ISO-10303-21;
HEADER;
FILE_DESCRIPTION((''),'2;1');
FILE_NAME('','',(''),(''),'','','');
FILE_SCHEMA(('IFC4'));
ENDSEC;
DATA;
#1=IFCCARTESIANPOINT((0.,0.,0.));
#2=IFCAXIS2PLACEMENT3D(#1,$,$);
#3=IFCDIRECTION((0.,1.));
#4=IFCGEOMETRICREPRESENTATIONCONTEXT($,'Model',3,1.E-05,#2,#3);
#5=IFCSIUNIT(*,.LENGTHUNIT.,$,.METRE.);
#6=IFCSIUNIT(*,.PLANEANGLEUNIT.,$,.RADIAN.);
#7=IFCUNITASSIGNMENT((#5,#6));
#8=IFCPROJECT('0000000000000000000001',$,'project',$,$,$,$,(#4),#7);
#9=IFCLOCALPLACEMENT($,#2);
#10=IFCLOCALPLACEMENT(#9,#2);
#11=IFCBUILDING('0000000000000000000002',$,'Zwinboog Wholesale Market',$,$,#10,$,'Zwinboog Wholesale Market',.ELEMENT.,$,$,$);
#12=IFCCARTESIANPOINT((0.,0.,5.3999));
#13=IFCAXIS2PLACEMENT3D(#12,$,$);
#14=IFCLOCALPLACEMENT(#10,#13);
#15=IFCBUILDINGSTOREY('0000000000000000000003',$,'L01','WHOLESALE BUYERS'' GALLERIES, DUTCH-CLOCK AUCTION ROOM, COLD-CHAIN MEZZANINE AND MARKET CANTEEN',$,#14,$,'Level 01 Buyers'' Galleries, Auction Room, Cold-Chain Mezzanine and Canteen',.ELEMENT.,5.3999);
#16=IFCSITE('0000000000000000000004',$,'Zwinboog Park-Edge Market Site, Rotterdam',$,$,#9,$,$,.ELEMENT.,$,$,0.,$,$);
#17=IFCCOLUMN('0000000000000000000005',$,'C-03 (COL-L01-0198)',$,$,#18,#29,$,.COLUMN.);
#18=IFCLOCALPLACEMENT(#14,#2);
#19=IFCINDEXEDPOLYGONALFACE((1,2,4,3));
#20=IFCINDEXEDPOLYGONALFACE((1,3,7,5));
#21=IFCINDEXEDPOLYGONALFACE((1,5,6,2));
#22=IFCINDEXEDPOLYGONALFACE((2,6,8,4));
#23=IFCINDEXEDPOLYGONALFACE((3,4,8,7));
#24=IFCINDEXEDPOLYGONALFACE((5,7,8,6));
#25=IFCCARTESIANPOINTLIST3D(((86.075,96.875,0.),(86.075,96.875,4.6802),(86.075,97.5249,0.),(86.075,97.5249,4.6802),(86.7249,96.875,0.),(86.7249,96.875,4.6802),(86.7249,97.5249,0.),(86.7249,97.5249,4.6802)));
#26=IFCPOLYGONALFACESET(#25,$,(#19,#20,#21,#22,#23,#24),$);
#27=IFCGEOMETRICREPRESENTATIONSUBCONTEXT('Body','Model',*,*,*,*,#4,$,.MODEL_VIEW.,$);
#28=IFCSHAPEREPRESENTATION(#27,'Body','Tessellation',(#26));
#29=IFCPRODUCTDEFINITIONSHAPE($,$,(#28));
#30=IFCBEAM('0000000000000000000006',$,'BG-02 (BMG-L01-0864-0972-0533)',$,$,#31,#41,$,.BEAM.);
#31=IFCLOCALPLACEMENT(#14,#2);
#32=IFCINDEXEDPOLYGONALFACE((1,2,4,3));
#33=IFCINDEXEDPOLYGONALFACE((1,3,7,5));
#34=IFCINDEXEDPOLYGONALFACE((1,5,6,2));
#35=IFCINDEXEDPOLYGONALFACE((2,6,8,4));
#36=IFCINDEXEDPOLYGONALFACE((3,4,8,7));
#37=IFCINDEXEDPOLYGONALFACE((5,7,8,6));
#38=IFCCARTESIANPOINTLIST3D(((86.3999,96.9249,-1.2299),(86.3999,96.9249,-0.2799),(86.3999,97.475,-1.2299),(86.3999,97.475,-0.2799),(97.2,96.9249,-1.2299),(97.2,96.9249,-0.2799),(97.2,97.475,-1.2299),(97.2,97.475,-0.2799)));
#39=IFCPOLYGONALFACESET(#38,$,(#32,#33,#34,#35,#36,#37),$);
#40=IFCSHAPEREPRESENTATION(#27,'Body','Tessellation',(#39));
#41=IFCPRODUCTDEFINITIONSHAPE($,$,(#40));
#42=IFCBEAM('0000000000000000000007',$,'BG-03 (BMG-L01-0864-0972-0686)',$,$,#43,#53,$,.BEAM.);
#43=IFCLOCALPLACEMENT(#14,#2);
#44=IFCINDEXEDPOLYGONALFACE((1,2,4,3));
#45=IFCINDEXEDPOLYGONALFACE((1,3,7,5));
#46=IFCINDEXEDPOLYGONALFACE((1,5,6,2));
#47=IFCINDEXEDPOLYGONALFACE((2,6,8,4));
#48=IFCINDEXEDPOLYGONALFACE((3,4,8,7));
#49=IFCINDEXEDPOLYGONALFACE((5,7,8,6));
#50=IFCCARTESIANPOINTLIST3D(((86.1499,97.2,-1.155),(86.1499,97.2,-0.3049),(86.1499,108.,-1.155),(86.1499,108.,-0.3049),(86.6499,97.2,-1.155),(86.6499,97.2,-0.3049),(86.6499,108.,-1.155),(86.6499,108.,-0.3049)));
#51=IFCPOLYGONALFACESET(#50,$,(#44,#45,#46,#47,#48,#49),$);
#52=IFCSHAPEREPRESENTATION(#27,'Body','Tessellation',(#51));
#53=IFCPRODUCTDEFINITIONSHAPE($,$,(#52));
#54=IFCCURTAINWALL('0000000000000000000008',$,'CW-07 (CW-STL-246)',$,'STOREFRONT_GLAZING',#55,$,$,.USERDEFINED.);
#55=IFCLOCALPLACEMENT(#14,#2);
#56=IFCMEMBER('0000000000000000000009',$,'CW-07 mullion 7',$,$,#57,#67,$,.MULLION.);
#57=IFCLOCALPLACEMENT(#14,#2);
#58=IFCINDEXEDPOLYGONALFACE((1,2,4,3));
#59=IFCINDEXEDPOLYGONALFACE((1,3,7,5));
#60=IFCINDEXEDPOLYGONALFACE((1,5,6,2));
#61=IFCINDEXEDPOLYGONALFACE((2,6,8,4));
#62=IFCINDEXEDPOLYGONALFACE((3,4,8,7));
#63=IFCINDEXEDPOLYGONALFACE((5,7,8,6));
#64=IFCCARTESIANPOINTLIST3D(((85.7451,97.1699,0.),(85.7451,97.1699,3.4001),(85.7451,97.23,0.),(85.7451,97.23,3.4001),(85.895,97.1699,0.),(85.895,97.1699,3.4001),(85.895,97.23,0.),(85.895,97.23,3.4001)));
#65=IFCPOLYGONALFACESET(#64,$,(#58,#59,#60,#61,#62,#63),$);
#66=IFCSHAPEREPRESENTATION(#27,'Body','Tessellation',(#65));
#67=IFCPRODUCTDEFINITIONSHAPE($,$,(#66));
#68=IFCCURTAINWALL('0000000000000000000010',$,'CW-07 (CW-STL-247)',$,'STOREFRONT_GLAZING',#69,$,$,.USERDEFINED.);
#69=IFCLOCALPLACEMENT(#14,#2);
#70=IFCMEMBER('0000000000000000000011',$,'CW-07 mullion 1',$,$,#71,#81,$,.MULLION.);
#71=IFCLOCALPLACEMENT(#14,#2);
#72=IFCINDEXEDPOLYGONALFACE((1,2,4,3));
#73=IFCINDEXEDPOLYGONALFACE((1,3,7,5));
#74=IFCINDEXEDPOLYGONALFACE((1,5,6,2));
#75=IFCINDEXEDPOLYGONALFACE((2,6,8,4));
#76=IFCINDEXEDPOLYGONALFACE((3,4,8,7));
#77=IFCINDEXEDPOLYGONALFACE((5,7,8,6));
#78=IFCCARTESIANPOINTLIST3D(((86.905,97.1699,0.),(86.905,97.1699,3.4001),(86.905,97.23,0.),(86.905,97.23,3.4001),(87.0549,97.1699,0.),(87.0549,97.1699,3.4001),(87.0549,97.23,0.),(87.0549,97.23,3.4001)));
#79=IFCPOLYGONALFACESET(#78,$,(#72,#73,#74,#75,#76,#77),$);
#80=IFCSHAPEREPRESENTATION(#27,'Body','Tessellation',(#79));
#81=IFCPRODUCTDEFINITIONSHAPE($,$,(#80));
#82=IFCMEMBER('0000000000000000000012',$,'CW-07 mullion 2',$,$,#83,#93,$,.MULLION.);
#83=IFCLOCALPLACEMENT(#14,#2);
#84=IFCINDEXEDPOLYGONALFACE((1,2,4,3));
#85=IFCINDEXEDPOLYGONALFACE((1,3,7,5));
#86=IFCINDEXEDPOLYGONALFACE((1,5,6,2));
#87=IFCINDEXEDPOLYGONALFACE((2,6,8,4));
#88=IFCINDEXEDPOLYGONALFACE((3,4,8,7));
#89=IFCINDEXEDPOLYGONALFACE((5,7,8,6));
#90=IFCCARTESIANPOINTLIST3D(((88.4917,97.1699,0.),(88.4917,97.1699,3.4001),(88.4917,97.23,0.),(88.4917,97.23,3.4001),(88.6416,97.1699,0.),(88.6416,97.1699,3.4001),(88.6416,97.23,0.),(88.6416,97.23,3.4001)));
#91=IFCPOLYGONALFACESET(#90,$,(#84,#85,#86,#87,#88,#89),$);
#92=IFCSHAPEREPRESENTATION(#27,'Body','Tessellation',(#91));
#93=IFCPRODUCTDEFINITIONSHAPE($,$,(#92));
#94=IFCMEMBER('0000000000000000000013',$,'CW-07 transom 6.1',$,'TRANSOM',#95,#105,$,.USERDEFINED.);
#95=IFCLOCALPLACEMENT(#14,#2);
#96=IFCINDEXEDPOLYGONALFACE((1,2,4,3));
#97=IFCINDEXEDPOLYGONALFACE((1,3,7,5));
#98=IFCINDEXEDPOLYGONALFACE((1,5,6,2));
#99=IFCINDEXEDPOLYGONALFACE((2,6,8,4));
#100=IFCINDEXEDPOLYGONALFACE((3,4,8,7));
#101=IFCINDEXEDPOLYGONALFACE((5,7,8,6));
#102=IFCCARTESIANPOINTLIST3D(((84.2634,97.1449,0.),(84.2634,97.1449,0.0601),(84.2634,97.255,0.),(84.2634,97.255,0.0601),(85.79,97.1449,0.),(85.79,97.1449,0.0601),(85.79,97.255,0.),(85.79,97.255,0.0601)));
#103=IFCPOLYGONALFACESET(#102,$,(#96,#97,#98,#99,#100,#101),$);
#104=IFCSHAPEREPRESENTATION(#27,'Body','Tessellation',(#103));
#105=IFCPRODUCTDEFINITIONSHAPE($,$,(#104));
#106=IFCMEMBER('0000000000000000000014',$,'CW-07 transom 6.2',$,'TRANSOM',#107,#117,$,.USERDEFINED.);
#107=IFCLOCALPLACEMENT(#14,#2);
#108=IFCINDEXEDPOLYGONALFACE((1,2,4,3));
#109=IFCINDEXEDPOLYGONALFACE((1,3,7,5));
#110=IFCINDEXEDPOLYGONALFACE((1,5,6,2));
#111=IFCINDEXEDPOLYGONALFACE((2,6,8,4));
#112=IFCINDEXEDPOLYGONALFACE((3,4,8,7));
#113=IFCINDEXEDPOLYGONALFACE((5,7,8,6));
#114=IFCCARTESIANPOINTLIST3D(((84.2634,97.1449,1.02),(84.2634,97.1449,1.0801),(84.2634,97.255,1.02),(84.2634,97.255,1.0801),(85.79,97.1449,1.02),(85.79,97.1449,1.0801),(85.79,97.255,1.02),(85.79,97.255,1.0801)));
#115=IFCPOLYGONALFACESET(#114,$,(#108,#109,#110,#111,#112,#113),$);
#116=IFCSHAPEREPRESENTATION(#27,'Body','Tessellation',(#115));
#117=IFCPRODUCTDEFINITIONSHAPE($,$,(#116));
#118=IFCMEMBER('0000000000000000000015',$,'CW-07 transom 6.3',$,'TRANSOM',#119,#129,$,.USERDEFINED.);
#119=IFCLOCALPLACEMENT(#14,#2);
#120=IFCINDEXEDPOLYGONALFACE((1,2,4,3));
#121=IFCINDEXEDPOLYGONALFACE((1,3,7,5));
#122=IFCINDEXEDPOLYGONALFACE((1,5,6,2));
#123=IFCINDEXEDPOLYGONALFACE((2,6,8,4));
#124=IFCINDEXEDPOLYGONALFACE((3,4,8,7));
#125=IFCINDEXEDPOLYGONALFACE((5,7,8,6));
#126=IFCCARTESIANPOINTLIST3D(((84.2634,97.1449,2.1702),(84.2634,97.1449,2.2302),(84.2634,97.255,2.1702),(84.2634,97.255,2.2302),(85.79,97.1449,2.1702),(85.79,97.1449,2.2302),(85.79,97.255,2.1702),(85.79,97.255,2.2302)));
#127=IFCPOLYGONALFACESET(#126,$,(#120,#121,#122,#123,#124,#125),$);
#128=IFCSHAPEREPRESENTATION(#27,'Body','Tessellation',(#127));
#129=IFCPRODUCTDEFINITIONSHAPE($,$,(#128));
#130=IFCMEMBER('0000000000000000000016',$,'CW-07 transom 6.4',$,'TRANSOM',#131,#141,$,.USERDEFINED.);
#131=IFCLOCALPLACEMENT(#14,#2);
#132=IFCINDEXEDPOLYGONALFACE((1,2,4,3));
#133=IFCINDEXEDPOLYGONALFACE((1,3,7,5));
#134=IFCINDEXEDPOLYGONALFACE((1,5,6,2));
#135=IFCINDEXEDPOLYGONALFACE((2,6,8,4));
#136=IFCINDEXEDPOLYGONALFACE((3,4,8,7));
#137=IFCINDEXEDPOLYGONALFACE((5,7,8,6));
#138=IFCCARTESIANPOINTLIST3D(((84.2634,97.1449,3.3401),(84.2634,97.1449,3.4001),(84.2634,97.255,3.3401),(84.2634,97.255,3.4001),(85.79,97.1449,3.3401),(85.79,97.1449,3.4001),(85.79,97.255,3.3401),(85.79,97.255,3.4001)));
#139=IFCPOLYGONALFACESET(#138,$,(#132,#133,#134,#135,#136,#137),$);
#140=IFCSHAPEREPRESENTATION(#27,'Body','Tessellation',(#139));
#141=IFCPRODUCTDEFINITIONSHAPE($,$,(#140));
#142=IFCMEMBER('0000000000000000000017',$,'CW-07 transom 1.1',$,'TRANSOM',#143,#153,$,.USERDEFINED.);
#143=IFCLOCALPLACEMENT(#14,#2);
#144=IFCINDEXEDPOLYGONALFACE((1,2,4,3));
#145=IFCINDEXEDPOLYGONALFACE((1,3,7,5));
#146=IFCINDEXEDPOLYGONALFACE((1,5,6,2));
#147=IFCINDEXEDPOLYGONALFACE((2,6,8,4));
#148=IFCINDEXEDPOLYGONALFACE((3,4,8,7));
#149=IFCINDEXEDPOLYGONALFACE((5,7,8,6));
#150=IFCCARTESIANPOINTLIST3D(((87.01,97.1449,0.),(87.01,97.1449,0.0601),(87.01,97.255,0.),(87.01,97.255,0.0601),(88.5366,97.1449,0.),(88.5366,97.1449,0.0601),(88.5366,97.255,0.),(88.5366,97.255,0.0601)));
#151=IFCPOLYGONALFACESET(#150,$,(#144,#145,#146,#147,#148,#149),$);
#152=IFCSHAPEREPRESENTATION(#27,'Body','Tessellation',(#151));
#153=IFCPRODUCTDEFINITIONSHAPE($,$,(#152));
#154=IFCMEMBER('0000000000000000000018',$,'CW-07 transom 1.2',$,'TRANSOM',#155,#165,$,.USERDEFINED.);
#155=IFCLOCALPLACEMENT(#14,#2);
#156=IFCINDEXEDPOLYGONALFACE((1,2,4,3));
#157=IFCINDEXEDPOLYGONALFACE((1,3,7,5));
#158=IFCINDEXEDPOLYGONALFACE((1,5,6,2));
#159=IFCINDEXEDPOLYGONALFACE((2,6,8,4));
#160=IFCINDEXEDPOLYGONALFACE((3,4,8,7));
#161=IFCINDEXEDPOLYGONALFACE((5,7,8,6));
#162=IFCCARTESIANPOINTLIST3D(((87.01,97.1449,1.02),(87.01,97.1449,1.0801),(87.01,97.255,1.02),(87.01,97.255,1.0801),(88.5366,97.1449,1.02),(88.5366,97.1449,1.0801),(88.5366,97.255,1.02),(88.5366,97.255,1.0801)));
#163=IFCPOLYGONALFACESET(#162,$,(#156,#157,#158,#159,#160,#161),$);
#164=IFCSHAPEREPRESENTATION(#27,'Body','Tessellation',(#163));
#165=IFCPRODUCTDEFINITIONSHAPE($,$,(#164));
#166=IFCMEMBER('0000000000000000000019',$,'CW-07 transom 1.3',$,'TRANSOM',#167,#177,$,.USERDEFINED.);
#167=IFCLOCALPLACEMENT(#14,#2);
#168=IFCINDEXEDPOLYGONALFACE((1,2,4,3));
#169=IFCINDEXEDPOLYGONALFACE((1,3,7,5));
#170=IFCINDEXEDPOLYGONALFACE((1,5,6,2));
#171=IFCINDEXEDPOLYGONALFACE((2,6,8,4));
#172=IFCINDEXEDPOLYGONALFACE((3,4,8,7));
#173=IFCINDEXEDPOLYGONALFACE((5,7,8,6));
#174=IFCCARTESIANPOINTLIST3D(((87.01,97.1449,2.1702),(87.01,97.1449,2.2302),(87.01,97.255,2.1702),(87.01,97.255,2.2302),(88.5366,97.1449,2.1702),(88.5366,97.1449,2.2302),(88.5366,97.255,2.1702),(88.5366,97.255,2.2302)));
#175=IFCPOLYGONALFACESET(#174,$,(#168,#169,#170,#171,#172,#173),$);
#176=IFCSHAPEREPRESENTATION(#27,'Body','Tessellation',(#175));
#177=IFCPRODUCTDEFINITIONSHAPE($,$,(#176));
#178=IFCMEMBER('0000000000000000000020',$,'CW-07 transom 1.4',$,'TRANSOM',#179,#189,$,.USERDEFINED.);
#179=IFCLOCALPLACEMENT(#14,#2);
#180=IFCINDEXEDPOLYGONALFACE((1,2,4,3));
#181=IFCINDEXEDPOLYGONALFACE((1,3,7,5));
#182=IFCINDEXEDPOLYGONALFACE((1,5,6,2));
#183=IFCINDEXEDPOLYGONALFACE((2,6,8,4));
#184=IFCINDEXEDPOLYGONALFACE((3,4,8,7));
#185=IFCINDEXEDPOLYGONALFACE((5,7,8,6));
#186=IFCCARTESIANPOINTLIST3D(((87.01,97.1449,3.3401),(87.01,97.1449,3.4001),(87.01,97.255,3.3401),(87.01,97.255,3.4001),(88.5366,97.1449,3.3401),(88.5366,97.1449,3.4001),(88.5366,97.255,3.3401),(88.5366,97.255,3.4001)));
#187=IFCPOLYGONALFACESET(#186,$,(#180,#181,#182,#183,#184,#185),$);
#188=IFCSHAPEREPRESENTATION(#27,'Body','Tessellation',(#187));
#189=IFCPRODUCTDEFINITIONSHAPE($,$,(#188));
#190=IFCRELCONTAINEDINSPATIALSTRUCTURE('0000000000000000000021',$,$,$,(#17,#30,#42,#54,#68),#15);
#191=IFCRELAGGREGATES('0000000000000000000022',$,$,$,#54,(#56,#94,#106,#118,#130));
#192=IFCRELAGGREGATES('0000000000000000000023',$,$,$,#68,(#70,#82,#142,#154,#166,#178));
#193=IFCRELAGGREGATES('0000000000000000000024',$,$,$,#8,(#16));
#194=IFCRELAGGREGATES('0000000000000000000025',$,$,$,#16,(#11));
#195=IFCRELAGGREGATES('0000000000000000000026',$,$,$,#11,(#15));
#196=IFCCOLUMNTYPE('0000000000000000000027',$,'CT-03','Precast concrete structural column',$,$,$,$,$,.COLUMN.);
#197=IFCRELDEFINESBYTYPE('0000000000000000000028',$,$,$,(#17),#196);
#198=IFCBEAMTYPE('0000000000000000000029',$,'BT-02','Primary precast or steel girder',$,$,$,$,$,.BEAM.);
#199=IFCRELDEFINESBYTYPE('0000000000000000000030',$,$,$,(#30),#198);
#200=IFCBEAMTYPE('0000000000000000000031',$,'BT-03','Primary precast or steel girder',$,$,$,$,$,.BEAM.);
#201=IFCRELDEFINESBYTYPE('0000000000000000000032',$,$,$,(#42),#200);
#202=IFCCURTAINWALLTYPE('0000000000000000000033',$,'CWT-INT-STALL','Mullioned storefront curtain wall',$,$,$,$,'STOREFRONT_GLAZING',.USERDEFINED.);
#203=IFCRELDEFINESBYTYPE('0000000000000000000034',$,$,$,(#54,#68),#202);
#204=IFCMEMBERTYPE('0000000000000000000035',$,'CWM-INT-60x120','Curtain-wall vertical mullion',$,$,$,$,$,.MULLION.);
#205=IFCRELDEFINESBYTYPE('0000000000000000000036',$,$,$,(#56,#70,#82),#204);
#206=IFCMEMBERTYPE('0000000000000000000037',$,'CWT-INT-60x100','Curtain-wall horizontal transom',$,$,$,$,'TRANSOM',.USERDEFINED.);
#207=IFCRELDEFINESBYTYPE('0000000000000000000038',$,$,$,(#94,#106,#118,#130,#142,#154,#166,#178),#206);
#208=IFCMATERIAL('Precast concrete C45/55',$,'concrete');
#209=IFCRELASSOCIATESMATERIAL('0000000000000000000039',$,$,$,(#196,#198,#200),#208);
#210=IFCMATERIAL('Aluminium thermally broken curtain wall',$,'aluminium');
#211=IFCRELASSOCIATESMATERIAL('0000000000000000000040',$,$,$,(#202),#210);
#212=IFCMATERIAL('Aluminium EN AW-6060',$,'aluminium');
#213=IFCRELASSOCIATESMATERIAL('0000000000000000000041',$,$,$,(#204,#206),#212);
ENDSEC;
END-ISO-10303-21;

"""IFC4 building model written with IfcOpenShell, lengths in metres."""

from ifc_helpers import new_model, si_unit, direction, frame, origin, origin_2d, place, context, subcontext, project, spatial, rectangle, extrude, material, material_profile, profile_set, type_object, element, aggregate, save


model = new_model("IFC4")

# Units and contexts
model_context = context("Model", 3, precision=1e-05, world=origin(), true_north=direction((0.0, 1.0)))
body_context = subcontext(model_context, "Body", "Model", "MODEL_VIEW")
ifc_project = project(units=[si_unit("LENGTHUNIT", "METRE"), si_unit("PLANEANGLEUNIT", "RADIAN")], contexts=[model_context])

# Site, building, storey
site_placement = place(None, origin())
site = spatial("IfcSite", under=ifc_project, at=site_placement, Name="Zwinboog Park-Edge Market Site, Rotterdam", CompositionType="ELEMENT", RefElevation=0.0)
building_placement = place(site_placement, origin())
building = spatial("IfcBuilding", under=site, at=building_placement, Name="Zwinboog Wholesale Market", LongName="Zwinboog Wholesale Market", CompositionType="ELEMENT")
storey_placement = place(building_placement, frame((0.0, 0.0, 5.3999)))
storey = spatial("IfcBuildingStorey", under=building, at=storey_placement, Name="L01", Description="WHOLESALE BUYERS' GALLERIES, DUTCH-CLOCK AUCTION ROOM, COLD-CHAIN MEZZANINE AND MARKET CANTEEN", LongName="Level 01 Buyers' Galleries, Auction Room, Cold-Chain Mezzanine and Canteen", CompositionType="ELEMENT", Elevation=5.3999)

# Column
ifc_material_1 = material(Name="Precast concrete C45/55", Category="concrete")
ifc_material_profile_1 = material_profile(ifc_material_1, rectangle(XDim=0.6499, YDim=0.6499, at=origin_2d()), Name="PC 650x650")
ifc_profile_set_1 = profile_set([ifc_material_profile_1], Name="Precast concrete C45/55")
column_type = type_object("IfcColumnType", Name="CT-03", Description="Precast concrete structural column", PredefinedType="COLUMN", material=ifc_profile_set_1)
column_placement = place(storey_placement, frame((86.3999, 97.2, 0.0), z_axis=(0.0, 0.0, 1.0), x_axis=(1.0, 0.0, 0.0)))
element("IfcColumn", 1, at=column_placement, inside=storey, type_object=column_type, Name="C-03 (COL-L01-0198)", PredefinedType="COLUMN", context=body_context, shape_type="SweptSolid", body=[
    extrude(rectangle(XDim=0.6499, YDim=0.6499, at=origin_2d()), origin(), (0.0, 0.0, 1.0), 4.6802),
])

# Beams
ifc_material_profile_2 = material_profile(ifc_material_1, rectangle(XDim=0.55, YDim=0.95, at=origin_2d()), Name="PC 550x950")
ifc_profile_set_2 = profile_set([ifc_material_profile_2], Name="Precast concrete C45/55")
beam_type_1 = type_object("IfcBeamType", Name="BT-02", Description="Primary precast or steel girder", PredefinedType="BEAM", material=ifc_profile_set_2)
beam_1_placement = place(storey_placement, frame((86.3999, 97.2, -0.7549), z_axis=(1.0, 0.0, 0.0), x_axis=(0.0, 1.0, 0.0)))
element("IfcBeam", 2, at=beam_1_placement, inside=storey, type_object=beam_type_1, Name="BG-02 (BMG-L01-0864-0972-0533)", PredefinedType="BEAM", context=body_context, shape_type="SweptSolid", body=[
    extrude(rectangle(XDim=0.55, YDim=0.95, at=origin_2d()), origin(), (0.0, 0.0, 1.0), 10.8),
])
ifc_material_profile_3 = material_profile(ifc_material_1, rectangle(XDim=0.5, YDim=0.8501, at=origin_2d()), Name="PC 500x850")
ifc_profile_set_3 = profile_set([ifc_material_profile_3], Name="Precast concrete C45/55")
beam_type_2 = type_object("IfcBeamType", Name="BT-03", Description="Primary precast or steel girder", PredefinedType="BEAM", material=ifc_profile_set_3)
beam_2_placement = place(storey_placement, frame((86.3999, 97.2, -0.73), z_axis=(0.0, 1.0, 0.0), x_axis=(-1.0, 0.0, 0.0)))
element("IfcBeam", 3, at=beam_2_placement, inside=storey, type_object=beam_type_2, Name="BG-03 (BMG-L01-0864-0972-0686)", PredefinedType="BEAM", context=body_context, shape_type="SweptSolid", body=[
    extrude(rectangle(XDim=0.5, YDim=0.8501, at=origin_2d()), origin(), (0.0, 0.0, 1.0), 10.8),
])

# Curtain wall, member
ifc_material_2 = material(Name="Aluminium thermally broken curtain wall", Category="aluminium")
curtain_wall_type = type_object("IfcCurtainWallType", Name="CWT-INT-STALL", Description="Mullioned storefront curtain wall", ElementType="STOREFRONT_GLAZING", PredefinedType="USERDEFINED", material=ifc_material_2)
curtain_wall_1_placement = place(storey_placement, origin())
curtain_wall_1 = element("IfcCurtainWall", 4, at=curtain_wall_1_placement, inside=storey, type_object=curtain_wall_type, Name="CW-07 (CW-STL-246)", ObjectType="STOREFRONT_GLAZING", PredefinedType="USERDEFINED")
ifc_material_3 = material(Name="Aluminium EN AW-6060", Category="aluminium")
ifc_material_profile_4 = material_profile(ifc_material_3, rectangle(XDim=0.0601, YDim=0.1499, at=origin_2d()), Name="AL 60x150")
ifc_profile_set_4 = profile_set([ifc_material_profile_4], Name="Aluminium EN AW-6060")
member_type_1 = type_object("IfcMemberType", Name="CWM-INT-60x120", Description="Curtain-wall vertical mullion", PredefinedType="MULLION", material=ifc_profile_set_4)
member_1_placement = place(storey_placement, frame((85.8201, 97.2, 0.0), z_axis=(0.0, 0.0, 1.0), x_axis=(0.0, 1.0, 0.0)))
member_1 = element("IfcMember", 5, at=member_1_placement, type_object=member_type_1, Name="CW-07 mullion 7", PredefinedType="MULLION", context=body_context, shape_type="SweptSolid", body=[
    extrude(rectangle(XDim=0.0601, YDim=0.1499, at=origin_2d()), origin(), (0.0, 0.0, 1.0), 3.4001),
])

# Curtain wall, members
curtain_wall_2_placement = place(storey_placement, origin())
curtain_wall_2 = element("IfcCurtainWall", 6, at=curtain_wall_2_placement, inside=storey, type_object=curtain_wall_type, Name="CW-07 (CW-STL-247)", ObjectType="STOREFRONT_GLAZING", PredefinedType="USERDEFINED")
member_2_placement = place(storey_placement, frame((86.98, 97.2, 0.0), z_axis=(0.0, 0.0, 1.0), x_axis=(0.0, 1.0, 0.0)))
member_2 = element("IfcMember", 7, at=member_2_placement, type_object=member_type_1, Name="CW-07 mullion 1", PredefinedType="MULLION", context=body_context, shape_type="SweptSolid", body=[
    extrude(rectangle(XDim=0.0601, YDim=0.1499, at=origin_2d()), origin(), (0.0, 0.0, 1.0), 3.4001),
])
member_3_placement = place(storey_placement, frame((88.5667, 97.2, 0.0), z_axis=(0.0, 0.0, 1.0), x_axis=(0.0, 1.0, 0.0)))
member_3 = element("IfcMember", 8, at=member_3_placement, type_object=member_type_1, Name="CW-07 mullion 2", PredefinedType="MULLION", context=body_context, shape_type="SweptSolid", body=[
    extrude(rectangle(XDim=0.0601, YDim=0.1499, at=origin_2d()), origin(), (0.0, 0.0, 1.0), 3.4001),
])

# Members
ifc_material_profile_5 = material_profile(ifc_material_3, rectangle(XDim=0.1101, YDim=0.0601, at=origin_2d()), Name="AL 60x110")
ifc_profile_set_5 = profile_set([ifc_material_profile_5], Name="Aluminium EN AW-6060")
member_type_2 = type_object("IfcMemberType", Name="CWT-INT-60x100", Description="Curtain-wall horizontal transom", ElementType="TRANSOM", PredefinedType="USERDEFINED", material=ifc_profile_set_5)
member_4_placement = place(storey_placement, frame((84.2634, 97.2, 0.03), z_axis=(1.0, 0.0, 0.0), x_axis=(0.0, 1.0, 0.0)))
member_4 = element("IfcMember", 9, at=member_4_placement, type_object=member_type_2, Name="CW-07 transom 6.1", ObjectType="TRANSOM", PredefinedType="USERDEFINED", context=body_context, shape_type="SweptSolid", body=[
    extrude(rectangle(XDim=0.1101, YDim=0.0601, at=origin_2d()), origin(), (0.0, 0.0, 1.0), 1.5266),
])
member_5_placement = place(storey_placement, frame((84.2634, 97.2, 1.05), z_axis=(1.0, 0.0, 0.0), x_axis=(0.0, 1.0, 0.0)))
member_5 = element("IfcMember", 10, at=member_5_placement, type_object=member_type_2, Name="CW-07 transom 6.2", ObjectType="TRANSOM", PredefinedType="USERDEFINED", context=body_context, shape_type="SweptSolid", body=[
    extrude(rectangle(XDim=0.1101, YDim=0.0601, at=origin_2d()), origin(), (0.0, 0.0, 1.0), 1.5266),
])
member_6_placement = place(storey_placement, frame((84.2634, 97.2, 2.2002), z_axis=(1.0, 0.0, 0.0), x_axis=(0.0, 1.0, 0.0)))
member_6 = element("IfcMember", 11, at=member_6_placement, type_object=member_type_2, Name="CW-07 transom 6.3", ObjectType="TRANSOM", PredefinedType="USERDEFINED", context=body_context, shape_type="SweptSolid", body=[
    extrude(rectangle(XDim=0.1101, YDim=0.0601, at=origin_2d()), origin(), (0.0, 0.0, 1.0), 1.5266),
])
member_7_placement = place(storey_placement, frame((84.2634, 97.2, 3.3701), z_axis=(1.0, 0.0, 0.0), x_axis=(0.0, 1.0, 0.0)))
member_7 = element("IfcMember", 12, at=member_7_placement, type_object=member_type_2, Name="CW-07 transom 6.4", ObjectType="TRANSOM", PredefinedType="USERDEFINED", context=body_context, shape_type="SweptSolid", body=[
    extrude(rectangle(XDim=0.1101, YDim=0.0601, at=origin_2d()), origin(), (0.0, 0.0, 1.0), 1.5266),
])
member_8_placement = place(storey_placement, frame((87.01, 97.2, 0.03), z_axis=(1.0, 0.0, 0.0), x_axis=(0.0, 1.0, 0.0)))
member_8 = element("IfcMember", 13, at=member_8_placement, type_object=member_type_2, Name="CW-07 transom 1.1", ObjectType="TRANSOM", PredefinedType="USERDEFINED", context=body_context, shape_type="SweptSolid", body=[
    extrude(rectangle(XDim=0.1101, YDim=0.0601, at=origin_2d()), origin(), (0.0, 0.0, 1.0), 1.5266),
])
member_9_placement = place(storey_placement, frame((87.01, 97.2, 1.05), z_axis=(1.0, 0.0, 0.0), x_axis=(0.0, 1.0, 0.0)))
member_9 = element("IfcMember", 14, at=member_9_placement, type_object=member_type_2, Name="CW-07 transom 1.2", ObjectType="TRANSOM", PredefinedType="USERDEFINED", context=body_context, shape_type="SweptSolid", body=[
    extrude(rectangle(XDim=0.1101, YDim=0.0601, at=origin_2d()), origin(), (0.0, 0.0, 1.0), 1.5266),
])
member_10_placement = place(storey_placement, frame((87.01, 97.2, 2.2002), z_axis=(1.0, 0.0, 0.0), x_axis=(0.0, 1.0, 0.0)))
member_10 = element("IfcMember", 15, at=member_10_placement, type_object=member_type_2, Name="CW-07 transom 1.3", ObjectType="TRANSOM", PredefinedType="USERDEFINED", context=body_context, shape_type="SweptSolid", body=[
    extrude(rectangle(XDim=0.1101, YDim=0.0601, at=origin_2d()), origin(), (0.0, 0.0, 1.0), 1.5266),
])
member_11_placement = place(storey_placement, frame((87.01, 97.2, 3.3701), z_axis=(1.0, 0.0, 0.0), x_axis=(0.0, 1.0, 0.0)))
member_11 = element("IfcMember", 16, at=member_11_placement, type_object=member_type_2, Name="CW-07 transom 1.4", ObjectType="TRANSOM", PredefinedType="USERDEFINED", context=body_context, shape_type="SweptSolid", body=[
    extrude(rectangle(XDim=0.1101, YDim=0.0601, at=origin_2d()), origin(), (0.0, 0.0, 1.0), 1.5266),
])

aggregate(curtain_wall_1, [member_1, member_4, member_5, member_6, member_7])
aggregate(curtain_wall_2, [member_2, member_3, member_8, member_9, member_10, member_11])

save(model, "model.ifc")
